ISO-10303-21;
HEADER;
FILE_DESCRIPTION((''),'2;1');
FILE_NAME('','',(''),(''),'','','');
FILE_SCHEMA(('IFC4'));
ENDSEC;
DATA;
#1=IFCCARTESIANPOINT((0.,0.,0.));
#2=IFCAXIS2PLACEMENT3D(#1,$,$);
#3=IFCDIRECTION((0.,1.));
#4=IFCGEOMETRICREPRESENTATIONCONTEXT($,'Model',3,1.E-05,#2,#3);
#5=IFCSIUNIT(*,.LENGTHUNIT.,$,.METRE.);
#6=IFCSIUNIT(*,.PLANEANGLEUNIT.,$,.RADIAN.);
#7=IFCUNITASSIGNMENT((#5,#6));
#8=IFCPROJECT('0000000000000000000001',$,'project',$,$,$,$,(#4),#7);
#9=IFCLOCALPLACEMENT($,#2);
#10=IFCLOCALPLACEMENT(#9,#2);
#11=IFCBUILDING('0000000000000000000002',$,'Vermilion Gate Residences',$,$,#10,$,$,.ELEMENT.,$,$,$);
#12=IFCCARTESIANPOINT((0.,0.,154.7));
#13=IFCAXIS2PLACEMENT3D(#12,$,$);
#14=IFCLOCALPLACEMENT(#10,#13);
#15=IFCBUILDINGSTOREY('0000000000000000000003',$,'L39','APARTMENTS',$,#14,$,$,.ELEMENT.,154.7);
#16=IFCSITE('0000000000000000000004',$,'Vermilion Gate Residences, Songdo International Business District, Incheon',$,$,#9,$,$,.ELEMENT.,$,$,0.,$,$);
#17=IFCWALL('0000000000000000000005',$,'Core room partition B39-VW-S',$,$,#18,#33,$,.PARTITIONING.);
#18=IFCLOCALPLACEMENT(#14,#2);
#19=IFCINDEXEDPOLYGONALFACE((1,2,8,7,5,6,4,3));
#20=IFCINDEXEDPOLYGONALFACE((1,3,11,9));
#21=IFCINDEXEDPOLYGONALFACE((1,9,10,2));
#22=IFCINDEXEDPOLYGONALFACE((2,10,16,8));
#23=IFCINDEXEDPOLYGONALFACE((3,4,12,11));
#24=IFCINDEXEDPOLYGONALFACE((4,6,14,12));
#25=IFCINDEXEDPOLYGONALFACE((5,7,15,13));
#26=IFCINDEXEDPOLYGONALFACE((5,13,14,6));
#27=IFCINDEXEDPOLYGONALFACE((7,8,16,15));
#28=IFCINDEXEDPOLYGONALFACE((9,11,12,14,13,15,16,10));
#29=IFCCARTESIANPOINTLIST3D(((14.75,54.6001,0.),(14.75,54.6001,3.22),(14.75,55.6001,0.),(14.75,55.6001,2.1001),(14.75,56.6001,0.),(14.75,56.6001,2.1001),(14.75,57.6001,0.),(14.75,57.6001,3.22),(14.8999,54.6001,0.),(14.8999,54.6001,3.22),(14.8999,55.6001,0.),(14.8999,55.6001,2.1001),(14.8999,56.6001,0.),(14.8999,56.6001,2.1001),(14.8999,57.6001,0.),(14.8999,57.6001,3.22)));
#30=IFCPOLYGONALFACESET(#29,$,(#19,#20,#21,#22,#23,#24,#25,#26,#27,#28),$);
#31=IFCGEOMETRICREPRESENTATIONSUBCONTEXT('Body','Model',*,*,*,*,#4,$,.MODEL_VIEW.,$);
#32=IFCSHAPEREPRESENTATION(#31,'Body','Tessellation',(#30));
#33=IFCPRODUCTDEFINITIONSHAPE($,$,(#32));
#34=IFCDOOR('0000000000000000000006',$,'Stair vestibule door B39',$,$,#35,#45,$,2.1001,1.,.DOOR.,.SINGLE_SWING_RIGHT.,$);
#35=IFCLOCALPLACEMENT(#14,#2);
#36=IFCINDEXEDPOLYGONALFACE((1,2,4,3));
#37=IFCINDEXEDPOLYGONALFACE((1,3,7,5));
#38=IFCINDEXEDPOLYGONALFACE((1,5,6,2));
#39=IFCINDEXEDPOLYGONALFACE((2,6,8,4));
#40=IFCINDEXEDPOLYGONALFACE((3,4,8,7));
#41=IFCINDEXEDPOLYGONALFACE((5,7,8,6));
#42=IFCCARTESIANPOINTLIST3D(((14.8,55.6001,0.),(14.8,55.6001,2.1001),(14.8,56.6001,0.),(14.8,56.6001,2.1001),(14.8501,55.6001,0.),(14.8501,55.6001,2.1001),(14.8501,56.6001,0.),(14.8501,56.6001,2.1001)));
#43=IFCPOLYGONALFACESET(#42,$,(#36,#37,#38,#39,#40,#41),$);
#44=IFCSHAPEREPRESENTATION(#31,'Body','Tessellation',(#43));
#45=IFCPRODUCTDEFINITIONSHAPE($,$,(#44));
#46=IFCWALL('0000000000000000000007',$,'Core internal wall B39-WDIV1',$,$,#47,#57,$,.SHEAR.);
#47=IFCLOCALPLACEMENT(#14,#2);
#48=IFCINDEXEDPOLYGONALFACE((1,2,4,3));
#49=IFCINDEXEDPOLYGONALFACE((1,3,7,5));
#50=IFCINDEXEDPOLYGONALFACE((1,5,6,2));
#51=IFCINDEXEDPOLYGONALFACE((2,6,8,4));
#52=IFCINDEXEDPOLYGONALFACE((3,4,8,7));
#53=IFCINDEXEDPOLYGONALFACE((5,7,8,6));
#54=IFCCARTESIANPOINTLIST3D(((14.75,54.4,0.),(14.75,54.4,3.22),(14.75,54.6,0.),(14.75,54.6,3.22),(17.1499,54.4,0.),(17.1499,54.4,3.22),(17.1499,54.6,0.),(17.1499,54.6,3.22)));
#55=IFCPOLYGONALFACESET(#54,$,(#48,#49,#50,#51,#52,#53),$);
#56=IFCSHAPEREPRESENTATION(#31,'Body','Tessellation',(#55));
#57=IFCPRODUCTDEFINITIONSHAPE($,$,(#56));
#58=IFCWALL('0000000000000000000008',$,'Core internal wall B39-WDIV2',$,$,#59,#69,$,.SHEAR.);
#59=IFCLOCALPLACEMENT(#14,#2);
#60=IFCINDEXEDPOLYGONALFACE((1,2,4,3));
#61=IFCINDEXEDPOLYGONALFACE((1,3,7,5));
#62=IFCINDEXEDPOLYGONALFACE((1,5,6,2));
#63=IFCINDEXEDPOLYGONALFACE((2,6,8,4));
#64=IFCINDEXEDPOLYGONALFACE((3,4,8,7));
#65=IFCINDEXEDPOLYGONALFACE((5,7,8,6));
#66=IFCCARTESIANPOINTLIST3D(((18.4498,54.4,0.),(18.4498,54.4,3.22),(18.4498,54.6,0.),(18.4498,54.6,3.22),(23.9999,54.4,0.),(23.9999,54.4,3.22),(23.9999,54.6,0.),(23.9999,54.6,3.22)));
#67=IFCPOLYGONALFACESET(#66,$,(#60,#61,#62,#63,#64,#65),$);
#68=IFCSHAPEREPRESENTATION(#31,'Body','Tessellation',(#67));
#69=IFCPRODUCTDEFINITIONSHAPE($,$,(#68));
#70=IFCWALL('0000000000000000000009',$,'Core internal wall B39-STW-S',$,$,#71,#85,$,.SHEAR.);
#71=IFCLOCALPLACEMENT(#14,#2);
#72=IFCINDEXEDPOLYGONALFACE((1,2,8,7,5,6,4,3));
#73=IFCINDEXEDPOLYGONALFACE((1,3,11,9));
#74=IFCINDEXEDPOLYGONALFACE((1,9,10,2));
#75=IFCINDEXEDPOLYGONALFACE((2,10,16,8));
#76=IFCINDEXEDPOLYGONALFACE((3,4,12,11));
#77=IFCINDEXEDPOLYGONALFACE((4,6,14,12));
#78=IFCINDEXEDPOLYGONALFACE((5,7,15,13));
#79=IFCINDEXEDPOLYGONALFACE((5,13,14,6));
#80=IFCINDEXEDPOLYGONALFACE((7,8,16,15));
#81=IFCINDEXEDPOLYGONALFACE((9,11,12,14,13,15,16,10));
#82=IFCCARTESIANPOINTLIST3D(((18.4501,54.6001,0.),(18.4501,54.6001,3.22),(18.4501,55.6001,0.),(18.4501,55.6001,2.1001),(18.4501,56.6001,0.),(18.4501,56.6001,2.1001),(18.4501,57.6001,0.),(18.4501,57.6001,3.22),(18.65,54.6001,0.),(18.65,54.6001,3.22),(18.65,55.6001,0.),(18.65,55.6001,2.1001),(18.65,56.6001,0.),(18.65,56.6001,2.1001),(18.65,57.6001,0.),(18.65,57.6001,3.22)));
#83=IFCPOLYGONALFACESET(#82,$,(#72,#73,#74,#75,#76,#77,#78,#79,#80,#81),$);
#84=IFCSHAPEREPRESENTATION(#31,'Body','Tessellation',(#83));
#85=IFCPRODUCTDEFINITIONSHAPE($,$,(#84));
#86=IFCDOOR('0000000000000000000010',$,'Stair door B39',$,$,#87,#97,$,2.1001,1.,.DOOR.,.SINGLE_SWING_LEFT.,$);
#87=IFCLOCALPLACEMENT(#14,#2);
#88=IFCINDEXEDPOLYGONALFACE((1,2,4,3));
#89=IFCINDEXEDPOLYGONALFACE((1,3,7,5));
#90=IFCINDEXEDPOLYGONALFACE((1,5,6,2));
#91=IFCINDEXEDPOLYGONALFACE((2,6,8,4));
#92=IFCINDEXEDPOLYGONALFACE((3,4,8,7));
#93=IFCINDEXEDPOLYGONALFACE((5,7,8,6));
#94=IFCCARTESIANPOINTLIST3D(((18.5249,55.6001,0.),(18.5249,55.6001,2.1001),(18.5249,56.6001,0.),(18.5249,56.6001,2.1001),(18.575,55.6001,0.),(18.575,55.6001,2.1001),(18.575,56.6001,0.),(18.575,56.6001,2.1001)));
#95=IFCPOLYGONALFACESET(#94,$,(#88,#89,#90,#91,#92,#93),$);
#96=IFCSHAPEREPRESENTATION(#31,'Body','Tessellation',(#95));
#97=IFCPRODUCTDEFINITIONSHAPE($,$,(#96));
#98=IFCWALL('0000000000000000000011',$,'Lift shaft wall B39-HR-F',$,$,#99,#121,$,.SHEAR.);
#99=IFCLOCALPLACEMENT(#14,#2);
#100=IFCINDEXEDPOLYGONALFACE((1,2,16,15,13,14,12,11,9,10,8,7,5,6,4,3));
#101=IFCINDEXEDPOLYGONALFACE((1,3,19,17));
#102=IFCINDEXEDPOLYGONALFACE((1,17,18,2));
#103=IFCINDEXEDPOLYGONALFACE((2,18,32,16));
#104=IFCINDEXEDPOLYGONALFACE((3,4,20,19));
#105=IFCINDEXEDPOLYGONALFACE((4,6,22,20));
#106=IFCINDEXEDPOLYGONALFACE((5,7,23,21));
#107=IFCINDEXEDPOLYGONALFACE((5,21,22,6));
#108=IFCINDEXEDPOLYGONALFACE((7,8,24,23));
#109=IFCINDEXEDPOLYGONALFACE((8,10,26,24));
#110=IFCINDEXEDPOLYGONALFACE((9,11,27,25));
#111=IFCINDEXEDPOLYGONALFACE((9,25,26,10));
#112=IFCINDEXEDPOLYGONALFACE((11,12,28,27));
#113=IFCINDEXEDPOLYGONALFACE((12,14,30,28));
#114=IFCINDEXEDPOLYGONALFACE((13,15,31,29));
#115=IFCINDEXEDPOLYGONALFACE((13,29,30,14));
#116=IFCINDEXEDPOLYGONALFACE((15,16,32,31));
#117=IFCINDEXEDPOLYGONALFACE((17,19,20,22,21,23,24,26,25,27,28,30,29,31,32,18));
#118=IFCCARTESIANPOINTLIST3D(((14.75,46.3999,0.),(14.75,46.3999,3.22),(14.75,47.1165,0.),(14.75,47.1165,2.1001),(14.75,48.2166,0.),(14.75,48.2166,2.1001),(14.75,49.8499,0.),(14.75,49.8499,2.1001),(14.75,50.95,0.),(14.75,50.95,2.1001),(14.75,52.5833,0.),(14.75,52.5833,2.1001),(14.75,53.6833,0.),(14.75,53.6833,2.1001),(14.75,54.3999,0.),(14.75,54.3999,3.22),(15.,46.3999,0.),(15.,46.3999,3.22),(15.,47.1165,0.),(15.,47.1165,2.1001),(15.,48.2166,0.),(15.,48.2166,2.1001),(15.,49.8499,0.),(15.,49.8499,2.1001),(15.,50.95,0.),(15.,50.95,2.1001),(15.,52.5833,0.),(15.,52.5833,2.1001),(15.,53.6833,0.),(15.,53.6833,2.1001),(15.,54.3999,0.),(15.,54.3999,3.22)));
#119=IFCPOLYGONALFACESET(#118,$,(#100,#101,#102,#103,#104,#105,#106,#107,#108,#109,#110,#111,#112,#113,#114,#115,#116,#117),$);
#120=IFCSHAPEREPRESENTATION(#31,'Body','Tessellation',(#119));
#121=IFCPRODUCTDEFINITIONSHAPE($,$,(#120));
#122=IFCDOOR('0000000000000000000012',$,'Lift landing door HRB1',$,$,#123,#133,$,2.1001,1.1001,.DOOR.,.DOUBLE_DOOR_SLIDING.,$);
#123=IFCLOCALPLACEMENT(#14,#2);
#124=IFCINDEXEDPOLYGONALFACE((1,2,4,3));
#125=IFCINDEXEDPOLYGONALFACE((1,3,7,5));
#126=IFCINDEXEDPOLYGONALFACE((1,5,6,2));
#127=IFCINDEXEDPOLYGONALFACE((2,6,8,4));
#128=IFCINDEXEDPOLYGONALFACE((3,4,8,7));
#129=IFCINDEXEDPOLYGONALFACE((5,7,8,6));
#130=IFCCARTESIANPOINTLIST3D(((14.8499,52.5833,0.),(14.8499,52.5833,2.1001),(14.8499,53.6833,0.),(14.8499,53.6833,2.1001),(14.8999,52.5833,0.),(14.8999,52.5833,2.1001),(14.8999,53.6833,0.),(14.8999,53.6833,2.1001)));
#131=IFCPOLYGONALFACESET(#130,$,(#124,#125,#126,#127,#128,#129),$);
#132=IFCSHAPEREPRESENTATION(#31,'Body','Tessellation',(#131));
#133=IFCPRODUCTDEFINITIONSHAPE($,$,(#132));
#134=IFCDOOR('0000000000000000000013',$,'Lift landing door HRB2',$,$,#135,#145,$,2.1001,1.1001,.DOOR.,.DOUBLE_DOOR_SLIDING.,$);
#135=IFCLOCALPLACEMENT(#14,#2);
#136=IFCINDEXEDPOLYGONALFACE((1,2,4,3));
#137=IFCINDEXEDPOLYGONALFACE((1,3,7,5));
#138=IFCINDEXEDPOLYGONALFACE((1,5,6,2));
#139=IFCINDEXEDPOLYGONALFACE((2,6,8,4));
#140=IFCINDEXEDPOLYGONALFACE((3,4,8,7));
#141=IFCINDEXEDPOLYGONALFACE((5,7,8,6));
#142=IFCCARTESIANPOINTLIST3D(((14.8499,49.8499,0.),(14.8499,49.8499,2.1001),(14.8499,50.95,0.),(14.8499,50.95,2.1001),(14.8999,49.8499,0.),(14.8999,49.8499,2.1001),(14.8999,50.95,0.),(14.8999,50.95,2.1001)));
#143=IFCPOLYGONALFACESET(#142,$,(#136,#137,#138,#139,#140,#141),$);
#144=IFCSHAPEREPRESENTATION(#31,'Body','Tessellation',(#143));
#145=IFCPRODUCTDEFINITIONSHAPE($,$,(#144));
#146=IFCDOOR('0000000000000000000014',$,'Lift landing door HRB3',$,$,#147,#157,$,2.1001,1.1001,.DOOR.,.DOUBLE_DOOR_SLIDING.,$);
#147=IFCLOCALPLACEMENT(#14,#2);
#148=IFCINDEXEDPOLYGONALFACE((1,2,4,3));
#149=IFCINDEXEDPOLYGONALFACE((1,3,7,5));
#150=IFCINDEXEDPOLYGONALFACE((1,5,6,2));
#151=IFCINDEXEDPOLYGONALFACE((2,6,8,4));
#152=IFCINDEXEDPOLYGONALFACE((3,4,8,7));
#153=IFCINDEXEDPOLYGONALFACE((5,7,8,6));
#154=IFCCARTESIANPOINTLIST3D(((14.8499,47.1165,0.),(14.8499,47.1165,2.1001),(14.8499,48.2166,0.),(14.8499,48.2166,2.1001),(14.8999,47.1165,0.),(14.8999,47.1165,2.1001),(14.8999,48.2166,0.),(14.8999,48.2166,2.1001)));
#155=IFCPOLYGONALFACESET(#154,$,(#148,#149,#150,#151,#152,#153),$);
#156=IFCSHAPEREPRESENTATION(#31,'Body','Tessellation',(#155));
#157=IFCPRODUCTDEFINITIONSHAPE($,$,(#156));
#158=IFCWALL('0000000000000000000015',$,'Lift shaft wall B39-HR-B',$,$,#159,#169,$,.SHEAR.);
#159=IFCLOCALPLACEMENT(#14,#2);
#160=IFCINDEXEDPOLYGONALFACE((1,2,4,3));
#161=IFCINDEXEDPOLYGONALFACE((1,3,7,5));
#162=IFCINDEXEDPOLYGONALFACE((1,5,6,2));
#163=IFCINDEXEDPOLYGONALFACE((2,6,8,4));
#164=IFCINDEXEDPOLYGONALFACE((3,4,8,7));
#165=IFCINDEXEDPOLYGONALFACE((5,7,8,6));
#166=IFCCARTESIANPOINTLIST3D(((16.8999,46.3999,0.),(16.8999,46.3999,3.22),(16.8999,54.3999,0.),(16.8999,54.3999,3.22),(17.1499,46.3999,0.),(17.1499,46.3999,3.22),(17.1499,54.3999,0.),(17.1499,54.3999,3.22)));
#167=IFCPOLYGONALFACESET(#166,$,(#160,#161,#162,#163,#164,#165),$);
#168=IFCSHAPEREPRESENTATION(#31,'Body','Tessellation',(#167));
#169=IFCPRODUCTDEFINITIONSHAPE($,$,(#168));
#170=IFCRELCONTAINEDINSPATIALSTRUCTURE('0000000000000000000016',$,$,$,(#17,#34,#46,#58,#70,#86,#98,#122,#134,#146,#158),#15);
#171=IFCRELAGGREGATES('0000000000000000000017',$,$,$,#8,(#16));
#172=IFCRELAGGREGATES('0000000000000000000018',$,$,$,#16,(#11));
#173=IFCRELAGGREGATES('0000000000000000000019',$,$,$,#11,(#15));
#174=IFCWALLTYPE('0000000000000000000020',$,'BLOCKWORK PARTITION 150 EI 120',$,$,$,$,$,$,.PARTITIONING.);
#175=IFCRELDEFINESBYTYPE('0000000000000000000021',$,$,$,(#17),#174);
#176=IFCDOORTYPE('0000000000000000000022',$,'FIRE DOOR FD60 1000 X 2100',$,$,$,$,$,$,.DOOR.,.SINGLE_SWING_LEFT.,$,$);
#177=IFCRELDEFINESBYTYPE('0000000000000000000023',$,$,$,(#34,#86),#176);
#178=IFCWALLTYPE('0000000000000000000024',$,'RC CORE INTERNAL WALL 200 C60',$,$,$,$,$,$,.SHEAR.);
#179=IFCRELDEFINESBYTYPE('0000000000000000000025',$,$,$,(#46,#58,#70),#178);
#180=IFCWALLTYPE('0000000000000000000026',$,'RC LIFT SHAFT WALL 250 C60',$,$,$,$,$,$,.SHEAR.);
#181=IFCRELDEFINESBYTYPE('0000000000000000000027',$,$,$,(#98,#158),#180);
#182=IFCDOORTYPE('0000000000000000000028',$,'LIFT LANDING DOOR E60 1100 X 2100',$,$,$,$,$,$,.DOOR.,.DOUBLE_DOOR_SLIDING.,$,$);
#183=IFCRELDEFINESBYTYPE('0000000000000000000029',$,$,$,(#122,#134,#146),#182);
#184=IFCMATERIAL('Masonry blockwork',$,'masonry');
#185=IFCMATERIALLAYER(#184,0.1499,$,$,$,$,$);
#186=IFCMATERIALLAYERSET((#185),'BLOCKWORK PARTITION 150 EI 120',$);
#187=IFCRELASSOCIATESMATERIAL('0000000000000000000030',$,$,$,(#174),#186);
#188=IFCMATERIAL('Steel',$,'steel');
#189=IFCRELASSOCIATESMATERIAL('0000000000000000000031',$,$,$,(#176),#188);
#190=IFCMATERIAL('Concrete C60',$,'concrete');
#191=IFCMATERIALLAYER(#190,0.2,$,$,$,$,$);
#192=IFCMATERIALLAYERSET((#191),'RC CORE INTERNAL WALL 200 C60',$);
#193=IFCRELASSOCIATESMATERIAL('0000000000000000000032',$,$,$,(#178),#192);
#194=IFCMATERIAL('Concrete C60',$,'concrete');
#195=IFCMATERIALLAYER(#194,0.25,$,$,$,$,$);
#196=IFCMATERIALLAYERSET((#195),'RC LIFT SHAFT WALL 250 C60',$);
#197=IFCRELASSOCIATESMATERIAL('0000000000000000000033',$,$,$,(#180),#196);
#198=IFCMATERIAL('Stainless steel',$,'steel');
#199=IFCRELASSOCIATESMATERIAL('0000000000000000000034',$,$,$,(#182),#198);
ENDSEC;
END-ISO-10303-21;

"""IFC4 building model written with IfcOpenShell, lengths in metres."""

from ifc_helpers import new_model, si_unit, direction, frame, frame_2d, origin, place, context, subcontext, project, spatial, rectangle, extrude, material, layer, layer_set, type_object, element, fill, save


model = new_model("IFC4")

# Units and contexts
model_context = context("Model", 3, precision=1e-05, world=origin(), true_north=direction((0.0, 1.0)))
body_context = subcontext(model_context, "Body", "Model", "MODEL_VIEW")
ifc_project = project(units=[si_unit("LENGTHUNIT", "METRE"), si_unit("PLANEANGLEUNIT", "RADIAN")], contexts=[model_context])

# Site, building, storey
site_placement = place(None, origin())
site = spatial("IfcSite", under=ifc_project, at=site_placement, Name="Vermilion Gate Residences, Songdo International Business District, Incheon", CompositionType="ELEMENT", RefElevation=0.0)
building_placement = place(site_placement, origin())
building = spatial("IfcBuilding", under=site, at=building_placement, Name="Vermilion Gate Residences", CompositionType="ELEMENT")
storey_placement = place(building_placement, frame((0.0, 0.0, 154.7)))
storey = spatial("IfcBuildingStorey", under=building, at=storey_placement, Name="L39", Description="APARTMENTS", CompositionType="ELEMENT", Elevation=154.7)

# Wall, opening, door
ifc_material_1 = material(Name="Masonry blockwork", Category="masonry")
ifc_layer_1 = layer(ifc_material_1, 0.1499)
ifc_layer_set_1 = layer_set([ifc_layer_1], Name="BLOCKWORK PARTITION 150 EI 120")
wall_type_1 = type_object("IfcWallType", Name="BLOCKWORK PARTITION 150 EI 120", PredefinedType="PARTITIONING", material=ifc_layer_set_1)
wall_1_placement = place(storey_placement, frame((14.825, 57.6001, 0.0), z_axis=(0.0, 0.0, 1.0), x_axis=(0.0, -1.0, 0.0)))
wall_1 = element("IfcWall", 1, at=wall_1_placement, inside=storey, type_object=wall_type_1, Name="Core room partition B39-VW-S", PredefinedType="PARTITIONING", context=body_context, shape_type="SweptSolid", body=[
    extrude(rectangle(XDim=3.0, YDim=0.1499, at=frame_2d((1.5, 0.0))), origin(), (0.0, 0.0, 1.0), 3.22),
])
opening_1_placement = place(wall_1_placement, frame((1.0, 0.0, 0.0)))
opening_1 = element("IfcOpeningElement", 2, at=opening_1_placement, cuts=wall_1, PredefinedType="OPENING", context=body_context, shape_type="SweptSolid", body=[
    extrude(rectangle(XDim=1.0, YDim=2.1001, at=frame_2d((0.5, 1.05))), frame((0.0, 0.085, 0.0), z_axis=(0.0, -1.0, 0.0), x_axis=(1.0, 0.0, 0.0)), (0.0, 0.0, 1.0), 0.1699),
])
ifc_material_2 = material(Name="Steel", Category="steel")
door_type_1 = type_object("IfcDoorType", Name="FIRE DOOR FD60 1000 X 2100", OperationType="SINGLE_SWING_LEFT", PredefinedType="DOOR", material=ifc_material_2)
door_1_placement = place(opening_1_placement, frame((1.0, 0.0, 0.0), z_axis=(0.0, 0.0, 1.0), x_axis=(-1.0, 0.0, 0.0)))
door_1 = element("IfcDoor", 3, at=door_1_placement, inside=storey, type_object=door_type_1, Name="Stair vestibule door B39", OperationType="SINGLE_SWING_RIGHT", OverallHeight=2.1001, OverallWidth=1.0, PredefinedType="DOOR", context=body_context, shape_type="SweptSolid", body=[
    extrude(rectangle(XDim=1.0, YDim=2.1001, at=frame_2d((0.5, 1.05))), frame((0.0, 0.0249, 0.0), z_axis=(0.0, -1.0, 0.0), x_axis=(1.0, 0.0, 0.0)), (0.0, 0.0, 1.0), 0.05),
])
fill(opening_1, door_1)

# Walls
ifc_material_3 = material(Name="Concrete C60", Category="concrete")
ifc_layer_2 = layer(ifc_material_3, 0.2)
ifc_layer_set_2 = layer_set([ifc_layer_2], Name="RC CORE INTERNAL WALL 200 C60")
wall_type_2 = type_object("IfcWallType", Name="RC CORE INTERNAL WALL 200 C60", PredefinedType="SHEAR", material=ifc_layer_set_2)
wall_2_placement = place(storey_placement, frame((14.75, 54.5, 0.0), z_axis=(0.0, 0.0, 1.0), x_axis=(1.0, 0.0, 0.0)))
element("IfcWall", 4, at=wall_2_placement, inside=storey, type_object=wall_type_2, Name="Core internal wall B39-WDIV1", PredefinedType="SHEAR", context=body_context, shape_type="SweptSolid", body=[
    extrude(rectangle(XDim=2.3999, YDim=0.2, at=frame_2d((1.2, 0.0))), origin(), (0.0, 0.0, 1.0), 3.22),
])
wall_3_placement = place(storey_placement, frame((18.45, 54.5, 0.0), z_axis=(0.0, 0.0, 1.0), x_axis=(1.0, 0.0, 0.0)))
element("IfcWall", 5, at=wall_3_placement, inside=storey, type_object=wall_type_2, Name="Core internal wall B39-WDIV2", PredefinedType="SHEAR", context=body_context, shape_type="SweptSolid", body=[
    extrude(rectangle(XDim=5.55, YDim=0.2, at=frame_2d((2.7749, 0.0))), origin(), (0.0, 0.0, 1.0), 3.22),
])

# Wall, opening, door
wall_4_placement = place(storey_placement, frame((18.55, 57.6001, 0.0), z_axis=(0.0, 0.0, 1.0), x_axis=(0.0, -1.0, 0.0)))
wall_4 = element("IfcWall", 6, at=wall_4_placement, inside=storey, type_object=wall_type_2, Name="Core internal wall B39-STW-S", PredefinedType="SHEAR", context=body_context, shape_type="SweptSolid", body=[
    extrude(rectangle(XDim=3.0, YDim=0.2, at=frame_2d((1.5, 0.0))), origin(), (0.0, 0.0, 1.0), 3.22),
])
opening_2_placement = place(wall_4_placement, frame((1.0, 0.0, 0.0)))
opening_2 = element("IfcOpeningElement", 7, at=opening_2_placement, cuts=wall_4, PredefinedType="OPENING", context=body_context, shape_type="SweptSolid", body=[
    extrude(rectangle(XDim=1.0, YDim=2.1001, at=frame_2d((0.5, 1.05))), frame((0.0, 0.1099, 0.0), z_axis=(0.0, -1.0, 0.0), x_axis=(1.0, 0.0, 0.0)), (0.0, 0.0, 1.0), 0.22),
])
door_2_placement = place(opening_2_placement, origin())
door_2 = element("IfcDoor", 8, at=door_2_placement, inside=storey, type_object=door_type_1, Name="Stair door B39", OperationType="SINGLE_SWING_LEFT", OverallHeight=2.1001, OverallWidth=1.0, PredefinedType="DOOR", context=body_context, shape_type="SweptSolid", body=[
    extrude(rectangle(XDim=1.0, YDim=2.1001, at=frame_2d((0.5, 1.05))), frame((0.0, 0.0249, 0.0), z_axis=(0.0, -1.0, 0.0), x_axis=(1.0, 0.0, 0.0)), (0.0, 0.0, 1.0), 0.05),
])
fill(opening_2, door_2)

# Wall, openings, doors
ifc_material_4 = material(Name="Concrete C60", Category="concrete")
ifc_layer_3 = layer(ifc_material_4, 0.25)
ifc_layer_set_3 = layer_set([ifc_layer_3], Name="RC LIFT SHAFT WALL 250 C60")
wall_type_3 = type_object("IfcWallType", Name="RC LIFT SHAFT WALL 250 C60", PredefinedType="SHEAR", material=ifc_layer_set_3)
wall_5_placement = place(storey_placement, frame((14.875, 54.3999, 0.0), z_axis=(0.0, 0.0, 1.0), x_axis=(0.0, -1.0, 0.0)))
wall_5 = element("IfcWall", 9, at=wall_5_placement, inside=storey, type_object=wall_type_3, Name="Lift shaft wall B39-HR-F", PredefinedType="SHEAR", context=body_context, shape_type="SweptSolid", body=[
    extrude(rectangle(XDim=8.0, YDim=0.25, at=frame_2d((4.0, 0.0))), origin(), (0.0, 0.0, 1.0), 3.22),
])
opening_3_placement = place(wall_5_placement, frame((0.7166, 0.0, 0.0)))
opening_3 = element("IfcOpeningElement", 10, at=opening_3_placement, cuts=wall_5, PredefinedType="OPENING", context=body_context, shape_type="SweptSolid", body=[
    extrude(rectangle(XDim=1.1001, YDim=2.1001, at=frame_2d((0.55, 1.05))), frame((0.0, 0.135, 0.0), z_axis=(0.0, -1.0, 0.0), x_axis=(1.0, 0.0, 0.0)), (0.0, 0.0, 1.0), 0.27),
])
opening_4_placement = place(wall_5_placement, frame((3.45, 0.0, 0.0)))
opening_4 = element("IfcOpeningElement", 11, at=opening_4_placement, cuts=wall_5, PredefinedType="OPENING", context=body_context, shape_type="SweptSolid", body=[
    extrude(rectangle(XDim=1.1001, YDim=2.1001, at=frame_2d((0.55, 1.05))), frame((0.0, 0.135, 0.0), z_axis=(0.0, -1.0, 0.0), x_axis=(1.0, 0.0, 0.0)), (0.0, 0.0, 1.0), 0.27),
])
opening_5_placement = place(wall_5_placement, frame((6.1833, 0.0, 0.0)))
opening_5 = element("IfcOpeningElement", 12, at=opening_5_placement, cuts=wall_5, PredefinedType="OPENING", context=body_context, shape_type="SweptSolid", body=[
    extrude(rectangle(XDim=1.1001, YDim=2.1001, at=frame_2d((0.55, 1.05))), frame((0.0, 0.135, 0.0), z_axis=(0.0, -1.0, 0.0), x_axis=(1.0, 0.0, 0.0)), (0.0, 0.0, 1.0), 0.27),
])
ifc_material_5 = material(Name="Stainless steel", Category="steel")
door_type_2 = type_object("IfcDoorType", Name="LIFT LANDING DOOR E60 1100 X 2100", OperationType="DOUBLE_DOOR_SLIDING", PredefinedType="DOOR", material=ifc_material_5)
door_3_placement = place(opening_3_placement, origin())
door_3 = element("IfcDoor", 13, at=door_3_placement, inside=storey, type_object=door_type_2, Name="Lift landing door HRB1", OperationType="DOUBLE_DOOR_SLIDING", OverallHeight=2.1001, OverallWidth=1.1001, PredefinedType="DOOR", context=body_context, shape_type="SweptSolid", body=[
    extrude(rectangle(XDim=1.1001, YDim=2.1001, at=frame_2d((0.55, 1.05))), frame((0.0, 0.0249, 0.0), z_axis=(0.0, -1.0, 0.0), x_axis=(1.0, 0.0, 0.0)), (0.0, 0.0, 1.0), 0.05),
])
fill(opening_3, door_3)
door_4_placement = place(opening_4_placement, origin())
door_4 = element("IfcDoor", 14, at=door_4_placement, inside=storey, type_object=door_type_2, Name="Lift landing door HRB2", OperationType="DOUBLE_DOOR_SLIDING", OverallHeight=2.1001, OverallWidth=1.1001, PredefinedType="DOOR", context=body_context, shape_type="SweptSolid", body=[
    extrude(rectangle(XDim=1.1001, YDim=2.1001, at=frame_2d((0.55, 1.05))), frame((0.0, 0.0249, 0.0), z_axis=(0.0, -1.0, 0.0), x_axis=(1.0, 0.0, 0.0)), (0.0, 0.0, 1.0), 0.05),
])
fill(opening_4, door_4)
door_5_placement = place(opening_5_placement, origin())
door_5 = element("IfcDoor", 15, at=door_5_placement, inside=storey, type_object=door_type_2, Name="Lift landing door HRB3", OperationType="DOUBLE_DOOR_SLIDING", OverallHeight=2.1001, OverallWidth=1.1001, PredefinedType="DOOR", context=body_context, shape_type="SweptSolid", body=[
    extrude(rectangle(XDim=1.1001, YDim=2.1001, at=frame_2d((0.55, 1.05))), frame((0.0, 0.0249, 0.0), z_axis=(0.0, -1.0, 0.0), x_axis=(1.0, 0.0, 0.0)), (0.0, 0.0, 1.0), 0.05),
])
fill(opening_5, door_5)

# Wall
wall_6_placement = place(storey_placement, frame((17.0249, 54.3999, 0.0), z_axis=(0.0, 0.0, 1.0), x_axis=(0.0, -1.0, 0.0)))
element("IfcWall", 16, at=wall_6_placement, inside=storey, type_object=wall_type_3, Name="Lift shaft wall B39-HR-B", PredefinedType="SHEAR", context=body_context, shape_type="SweptSolid", body=[
    extrude(rectangle(XDim=8.0, YDim=0.25, at=frame_2d((4.0, 0.0))), origin(), (0.0, 0.0, 1.0), 3.22),
])

save(model, "model.ifc")
